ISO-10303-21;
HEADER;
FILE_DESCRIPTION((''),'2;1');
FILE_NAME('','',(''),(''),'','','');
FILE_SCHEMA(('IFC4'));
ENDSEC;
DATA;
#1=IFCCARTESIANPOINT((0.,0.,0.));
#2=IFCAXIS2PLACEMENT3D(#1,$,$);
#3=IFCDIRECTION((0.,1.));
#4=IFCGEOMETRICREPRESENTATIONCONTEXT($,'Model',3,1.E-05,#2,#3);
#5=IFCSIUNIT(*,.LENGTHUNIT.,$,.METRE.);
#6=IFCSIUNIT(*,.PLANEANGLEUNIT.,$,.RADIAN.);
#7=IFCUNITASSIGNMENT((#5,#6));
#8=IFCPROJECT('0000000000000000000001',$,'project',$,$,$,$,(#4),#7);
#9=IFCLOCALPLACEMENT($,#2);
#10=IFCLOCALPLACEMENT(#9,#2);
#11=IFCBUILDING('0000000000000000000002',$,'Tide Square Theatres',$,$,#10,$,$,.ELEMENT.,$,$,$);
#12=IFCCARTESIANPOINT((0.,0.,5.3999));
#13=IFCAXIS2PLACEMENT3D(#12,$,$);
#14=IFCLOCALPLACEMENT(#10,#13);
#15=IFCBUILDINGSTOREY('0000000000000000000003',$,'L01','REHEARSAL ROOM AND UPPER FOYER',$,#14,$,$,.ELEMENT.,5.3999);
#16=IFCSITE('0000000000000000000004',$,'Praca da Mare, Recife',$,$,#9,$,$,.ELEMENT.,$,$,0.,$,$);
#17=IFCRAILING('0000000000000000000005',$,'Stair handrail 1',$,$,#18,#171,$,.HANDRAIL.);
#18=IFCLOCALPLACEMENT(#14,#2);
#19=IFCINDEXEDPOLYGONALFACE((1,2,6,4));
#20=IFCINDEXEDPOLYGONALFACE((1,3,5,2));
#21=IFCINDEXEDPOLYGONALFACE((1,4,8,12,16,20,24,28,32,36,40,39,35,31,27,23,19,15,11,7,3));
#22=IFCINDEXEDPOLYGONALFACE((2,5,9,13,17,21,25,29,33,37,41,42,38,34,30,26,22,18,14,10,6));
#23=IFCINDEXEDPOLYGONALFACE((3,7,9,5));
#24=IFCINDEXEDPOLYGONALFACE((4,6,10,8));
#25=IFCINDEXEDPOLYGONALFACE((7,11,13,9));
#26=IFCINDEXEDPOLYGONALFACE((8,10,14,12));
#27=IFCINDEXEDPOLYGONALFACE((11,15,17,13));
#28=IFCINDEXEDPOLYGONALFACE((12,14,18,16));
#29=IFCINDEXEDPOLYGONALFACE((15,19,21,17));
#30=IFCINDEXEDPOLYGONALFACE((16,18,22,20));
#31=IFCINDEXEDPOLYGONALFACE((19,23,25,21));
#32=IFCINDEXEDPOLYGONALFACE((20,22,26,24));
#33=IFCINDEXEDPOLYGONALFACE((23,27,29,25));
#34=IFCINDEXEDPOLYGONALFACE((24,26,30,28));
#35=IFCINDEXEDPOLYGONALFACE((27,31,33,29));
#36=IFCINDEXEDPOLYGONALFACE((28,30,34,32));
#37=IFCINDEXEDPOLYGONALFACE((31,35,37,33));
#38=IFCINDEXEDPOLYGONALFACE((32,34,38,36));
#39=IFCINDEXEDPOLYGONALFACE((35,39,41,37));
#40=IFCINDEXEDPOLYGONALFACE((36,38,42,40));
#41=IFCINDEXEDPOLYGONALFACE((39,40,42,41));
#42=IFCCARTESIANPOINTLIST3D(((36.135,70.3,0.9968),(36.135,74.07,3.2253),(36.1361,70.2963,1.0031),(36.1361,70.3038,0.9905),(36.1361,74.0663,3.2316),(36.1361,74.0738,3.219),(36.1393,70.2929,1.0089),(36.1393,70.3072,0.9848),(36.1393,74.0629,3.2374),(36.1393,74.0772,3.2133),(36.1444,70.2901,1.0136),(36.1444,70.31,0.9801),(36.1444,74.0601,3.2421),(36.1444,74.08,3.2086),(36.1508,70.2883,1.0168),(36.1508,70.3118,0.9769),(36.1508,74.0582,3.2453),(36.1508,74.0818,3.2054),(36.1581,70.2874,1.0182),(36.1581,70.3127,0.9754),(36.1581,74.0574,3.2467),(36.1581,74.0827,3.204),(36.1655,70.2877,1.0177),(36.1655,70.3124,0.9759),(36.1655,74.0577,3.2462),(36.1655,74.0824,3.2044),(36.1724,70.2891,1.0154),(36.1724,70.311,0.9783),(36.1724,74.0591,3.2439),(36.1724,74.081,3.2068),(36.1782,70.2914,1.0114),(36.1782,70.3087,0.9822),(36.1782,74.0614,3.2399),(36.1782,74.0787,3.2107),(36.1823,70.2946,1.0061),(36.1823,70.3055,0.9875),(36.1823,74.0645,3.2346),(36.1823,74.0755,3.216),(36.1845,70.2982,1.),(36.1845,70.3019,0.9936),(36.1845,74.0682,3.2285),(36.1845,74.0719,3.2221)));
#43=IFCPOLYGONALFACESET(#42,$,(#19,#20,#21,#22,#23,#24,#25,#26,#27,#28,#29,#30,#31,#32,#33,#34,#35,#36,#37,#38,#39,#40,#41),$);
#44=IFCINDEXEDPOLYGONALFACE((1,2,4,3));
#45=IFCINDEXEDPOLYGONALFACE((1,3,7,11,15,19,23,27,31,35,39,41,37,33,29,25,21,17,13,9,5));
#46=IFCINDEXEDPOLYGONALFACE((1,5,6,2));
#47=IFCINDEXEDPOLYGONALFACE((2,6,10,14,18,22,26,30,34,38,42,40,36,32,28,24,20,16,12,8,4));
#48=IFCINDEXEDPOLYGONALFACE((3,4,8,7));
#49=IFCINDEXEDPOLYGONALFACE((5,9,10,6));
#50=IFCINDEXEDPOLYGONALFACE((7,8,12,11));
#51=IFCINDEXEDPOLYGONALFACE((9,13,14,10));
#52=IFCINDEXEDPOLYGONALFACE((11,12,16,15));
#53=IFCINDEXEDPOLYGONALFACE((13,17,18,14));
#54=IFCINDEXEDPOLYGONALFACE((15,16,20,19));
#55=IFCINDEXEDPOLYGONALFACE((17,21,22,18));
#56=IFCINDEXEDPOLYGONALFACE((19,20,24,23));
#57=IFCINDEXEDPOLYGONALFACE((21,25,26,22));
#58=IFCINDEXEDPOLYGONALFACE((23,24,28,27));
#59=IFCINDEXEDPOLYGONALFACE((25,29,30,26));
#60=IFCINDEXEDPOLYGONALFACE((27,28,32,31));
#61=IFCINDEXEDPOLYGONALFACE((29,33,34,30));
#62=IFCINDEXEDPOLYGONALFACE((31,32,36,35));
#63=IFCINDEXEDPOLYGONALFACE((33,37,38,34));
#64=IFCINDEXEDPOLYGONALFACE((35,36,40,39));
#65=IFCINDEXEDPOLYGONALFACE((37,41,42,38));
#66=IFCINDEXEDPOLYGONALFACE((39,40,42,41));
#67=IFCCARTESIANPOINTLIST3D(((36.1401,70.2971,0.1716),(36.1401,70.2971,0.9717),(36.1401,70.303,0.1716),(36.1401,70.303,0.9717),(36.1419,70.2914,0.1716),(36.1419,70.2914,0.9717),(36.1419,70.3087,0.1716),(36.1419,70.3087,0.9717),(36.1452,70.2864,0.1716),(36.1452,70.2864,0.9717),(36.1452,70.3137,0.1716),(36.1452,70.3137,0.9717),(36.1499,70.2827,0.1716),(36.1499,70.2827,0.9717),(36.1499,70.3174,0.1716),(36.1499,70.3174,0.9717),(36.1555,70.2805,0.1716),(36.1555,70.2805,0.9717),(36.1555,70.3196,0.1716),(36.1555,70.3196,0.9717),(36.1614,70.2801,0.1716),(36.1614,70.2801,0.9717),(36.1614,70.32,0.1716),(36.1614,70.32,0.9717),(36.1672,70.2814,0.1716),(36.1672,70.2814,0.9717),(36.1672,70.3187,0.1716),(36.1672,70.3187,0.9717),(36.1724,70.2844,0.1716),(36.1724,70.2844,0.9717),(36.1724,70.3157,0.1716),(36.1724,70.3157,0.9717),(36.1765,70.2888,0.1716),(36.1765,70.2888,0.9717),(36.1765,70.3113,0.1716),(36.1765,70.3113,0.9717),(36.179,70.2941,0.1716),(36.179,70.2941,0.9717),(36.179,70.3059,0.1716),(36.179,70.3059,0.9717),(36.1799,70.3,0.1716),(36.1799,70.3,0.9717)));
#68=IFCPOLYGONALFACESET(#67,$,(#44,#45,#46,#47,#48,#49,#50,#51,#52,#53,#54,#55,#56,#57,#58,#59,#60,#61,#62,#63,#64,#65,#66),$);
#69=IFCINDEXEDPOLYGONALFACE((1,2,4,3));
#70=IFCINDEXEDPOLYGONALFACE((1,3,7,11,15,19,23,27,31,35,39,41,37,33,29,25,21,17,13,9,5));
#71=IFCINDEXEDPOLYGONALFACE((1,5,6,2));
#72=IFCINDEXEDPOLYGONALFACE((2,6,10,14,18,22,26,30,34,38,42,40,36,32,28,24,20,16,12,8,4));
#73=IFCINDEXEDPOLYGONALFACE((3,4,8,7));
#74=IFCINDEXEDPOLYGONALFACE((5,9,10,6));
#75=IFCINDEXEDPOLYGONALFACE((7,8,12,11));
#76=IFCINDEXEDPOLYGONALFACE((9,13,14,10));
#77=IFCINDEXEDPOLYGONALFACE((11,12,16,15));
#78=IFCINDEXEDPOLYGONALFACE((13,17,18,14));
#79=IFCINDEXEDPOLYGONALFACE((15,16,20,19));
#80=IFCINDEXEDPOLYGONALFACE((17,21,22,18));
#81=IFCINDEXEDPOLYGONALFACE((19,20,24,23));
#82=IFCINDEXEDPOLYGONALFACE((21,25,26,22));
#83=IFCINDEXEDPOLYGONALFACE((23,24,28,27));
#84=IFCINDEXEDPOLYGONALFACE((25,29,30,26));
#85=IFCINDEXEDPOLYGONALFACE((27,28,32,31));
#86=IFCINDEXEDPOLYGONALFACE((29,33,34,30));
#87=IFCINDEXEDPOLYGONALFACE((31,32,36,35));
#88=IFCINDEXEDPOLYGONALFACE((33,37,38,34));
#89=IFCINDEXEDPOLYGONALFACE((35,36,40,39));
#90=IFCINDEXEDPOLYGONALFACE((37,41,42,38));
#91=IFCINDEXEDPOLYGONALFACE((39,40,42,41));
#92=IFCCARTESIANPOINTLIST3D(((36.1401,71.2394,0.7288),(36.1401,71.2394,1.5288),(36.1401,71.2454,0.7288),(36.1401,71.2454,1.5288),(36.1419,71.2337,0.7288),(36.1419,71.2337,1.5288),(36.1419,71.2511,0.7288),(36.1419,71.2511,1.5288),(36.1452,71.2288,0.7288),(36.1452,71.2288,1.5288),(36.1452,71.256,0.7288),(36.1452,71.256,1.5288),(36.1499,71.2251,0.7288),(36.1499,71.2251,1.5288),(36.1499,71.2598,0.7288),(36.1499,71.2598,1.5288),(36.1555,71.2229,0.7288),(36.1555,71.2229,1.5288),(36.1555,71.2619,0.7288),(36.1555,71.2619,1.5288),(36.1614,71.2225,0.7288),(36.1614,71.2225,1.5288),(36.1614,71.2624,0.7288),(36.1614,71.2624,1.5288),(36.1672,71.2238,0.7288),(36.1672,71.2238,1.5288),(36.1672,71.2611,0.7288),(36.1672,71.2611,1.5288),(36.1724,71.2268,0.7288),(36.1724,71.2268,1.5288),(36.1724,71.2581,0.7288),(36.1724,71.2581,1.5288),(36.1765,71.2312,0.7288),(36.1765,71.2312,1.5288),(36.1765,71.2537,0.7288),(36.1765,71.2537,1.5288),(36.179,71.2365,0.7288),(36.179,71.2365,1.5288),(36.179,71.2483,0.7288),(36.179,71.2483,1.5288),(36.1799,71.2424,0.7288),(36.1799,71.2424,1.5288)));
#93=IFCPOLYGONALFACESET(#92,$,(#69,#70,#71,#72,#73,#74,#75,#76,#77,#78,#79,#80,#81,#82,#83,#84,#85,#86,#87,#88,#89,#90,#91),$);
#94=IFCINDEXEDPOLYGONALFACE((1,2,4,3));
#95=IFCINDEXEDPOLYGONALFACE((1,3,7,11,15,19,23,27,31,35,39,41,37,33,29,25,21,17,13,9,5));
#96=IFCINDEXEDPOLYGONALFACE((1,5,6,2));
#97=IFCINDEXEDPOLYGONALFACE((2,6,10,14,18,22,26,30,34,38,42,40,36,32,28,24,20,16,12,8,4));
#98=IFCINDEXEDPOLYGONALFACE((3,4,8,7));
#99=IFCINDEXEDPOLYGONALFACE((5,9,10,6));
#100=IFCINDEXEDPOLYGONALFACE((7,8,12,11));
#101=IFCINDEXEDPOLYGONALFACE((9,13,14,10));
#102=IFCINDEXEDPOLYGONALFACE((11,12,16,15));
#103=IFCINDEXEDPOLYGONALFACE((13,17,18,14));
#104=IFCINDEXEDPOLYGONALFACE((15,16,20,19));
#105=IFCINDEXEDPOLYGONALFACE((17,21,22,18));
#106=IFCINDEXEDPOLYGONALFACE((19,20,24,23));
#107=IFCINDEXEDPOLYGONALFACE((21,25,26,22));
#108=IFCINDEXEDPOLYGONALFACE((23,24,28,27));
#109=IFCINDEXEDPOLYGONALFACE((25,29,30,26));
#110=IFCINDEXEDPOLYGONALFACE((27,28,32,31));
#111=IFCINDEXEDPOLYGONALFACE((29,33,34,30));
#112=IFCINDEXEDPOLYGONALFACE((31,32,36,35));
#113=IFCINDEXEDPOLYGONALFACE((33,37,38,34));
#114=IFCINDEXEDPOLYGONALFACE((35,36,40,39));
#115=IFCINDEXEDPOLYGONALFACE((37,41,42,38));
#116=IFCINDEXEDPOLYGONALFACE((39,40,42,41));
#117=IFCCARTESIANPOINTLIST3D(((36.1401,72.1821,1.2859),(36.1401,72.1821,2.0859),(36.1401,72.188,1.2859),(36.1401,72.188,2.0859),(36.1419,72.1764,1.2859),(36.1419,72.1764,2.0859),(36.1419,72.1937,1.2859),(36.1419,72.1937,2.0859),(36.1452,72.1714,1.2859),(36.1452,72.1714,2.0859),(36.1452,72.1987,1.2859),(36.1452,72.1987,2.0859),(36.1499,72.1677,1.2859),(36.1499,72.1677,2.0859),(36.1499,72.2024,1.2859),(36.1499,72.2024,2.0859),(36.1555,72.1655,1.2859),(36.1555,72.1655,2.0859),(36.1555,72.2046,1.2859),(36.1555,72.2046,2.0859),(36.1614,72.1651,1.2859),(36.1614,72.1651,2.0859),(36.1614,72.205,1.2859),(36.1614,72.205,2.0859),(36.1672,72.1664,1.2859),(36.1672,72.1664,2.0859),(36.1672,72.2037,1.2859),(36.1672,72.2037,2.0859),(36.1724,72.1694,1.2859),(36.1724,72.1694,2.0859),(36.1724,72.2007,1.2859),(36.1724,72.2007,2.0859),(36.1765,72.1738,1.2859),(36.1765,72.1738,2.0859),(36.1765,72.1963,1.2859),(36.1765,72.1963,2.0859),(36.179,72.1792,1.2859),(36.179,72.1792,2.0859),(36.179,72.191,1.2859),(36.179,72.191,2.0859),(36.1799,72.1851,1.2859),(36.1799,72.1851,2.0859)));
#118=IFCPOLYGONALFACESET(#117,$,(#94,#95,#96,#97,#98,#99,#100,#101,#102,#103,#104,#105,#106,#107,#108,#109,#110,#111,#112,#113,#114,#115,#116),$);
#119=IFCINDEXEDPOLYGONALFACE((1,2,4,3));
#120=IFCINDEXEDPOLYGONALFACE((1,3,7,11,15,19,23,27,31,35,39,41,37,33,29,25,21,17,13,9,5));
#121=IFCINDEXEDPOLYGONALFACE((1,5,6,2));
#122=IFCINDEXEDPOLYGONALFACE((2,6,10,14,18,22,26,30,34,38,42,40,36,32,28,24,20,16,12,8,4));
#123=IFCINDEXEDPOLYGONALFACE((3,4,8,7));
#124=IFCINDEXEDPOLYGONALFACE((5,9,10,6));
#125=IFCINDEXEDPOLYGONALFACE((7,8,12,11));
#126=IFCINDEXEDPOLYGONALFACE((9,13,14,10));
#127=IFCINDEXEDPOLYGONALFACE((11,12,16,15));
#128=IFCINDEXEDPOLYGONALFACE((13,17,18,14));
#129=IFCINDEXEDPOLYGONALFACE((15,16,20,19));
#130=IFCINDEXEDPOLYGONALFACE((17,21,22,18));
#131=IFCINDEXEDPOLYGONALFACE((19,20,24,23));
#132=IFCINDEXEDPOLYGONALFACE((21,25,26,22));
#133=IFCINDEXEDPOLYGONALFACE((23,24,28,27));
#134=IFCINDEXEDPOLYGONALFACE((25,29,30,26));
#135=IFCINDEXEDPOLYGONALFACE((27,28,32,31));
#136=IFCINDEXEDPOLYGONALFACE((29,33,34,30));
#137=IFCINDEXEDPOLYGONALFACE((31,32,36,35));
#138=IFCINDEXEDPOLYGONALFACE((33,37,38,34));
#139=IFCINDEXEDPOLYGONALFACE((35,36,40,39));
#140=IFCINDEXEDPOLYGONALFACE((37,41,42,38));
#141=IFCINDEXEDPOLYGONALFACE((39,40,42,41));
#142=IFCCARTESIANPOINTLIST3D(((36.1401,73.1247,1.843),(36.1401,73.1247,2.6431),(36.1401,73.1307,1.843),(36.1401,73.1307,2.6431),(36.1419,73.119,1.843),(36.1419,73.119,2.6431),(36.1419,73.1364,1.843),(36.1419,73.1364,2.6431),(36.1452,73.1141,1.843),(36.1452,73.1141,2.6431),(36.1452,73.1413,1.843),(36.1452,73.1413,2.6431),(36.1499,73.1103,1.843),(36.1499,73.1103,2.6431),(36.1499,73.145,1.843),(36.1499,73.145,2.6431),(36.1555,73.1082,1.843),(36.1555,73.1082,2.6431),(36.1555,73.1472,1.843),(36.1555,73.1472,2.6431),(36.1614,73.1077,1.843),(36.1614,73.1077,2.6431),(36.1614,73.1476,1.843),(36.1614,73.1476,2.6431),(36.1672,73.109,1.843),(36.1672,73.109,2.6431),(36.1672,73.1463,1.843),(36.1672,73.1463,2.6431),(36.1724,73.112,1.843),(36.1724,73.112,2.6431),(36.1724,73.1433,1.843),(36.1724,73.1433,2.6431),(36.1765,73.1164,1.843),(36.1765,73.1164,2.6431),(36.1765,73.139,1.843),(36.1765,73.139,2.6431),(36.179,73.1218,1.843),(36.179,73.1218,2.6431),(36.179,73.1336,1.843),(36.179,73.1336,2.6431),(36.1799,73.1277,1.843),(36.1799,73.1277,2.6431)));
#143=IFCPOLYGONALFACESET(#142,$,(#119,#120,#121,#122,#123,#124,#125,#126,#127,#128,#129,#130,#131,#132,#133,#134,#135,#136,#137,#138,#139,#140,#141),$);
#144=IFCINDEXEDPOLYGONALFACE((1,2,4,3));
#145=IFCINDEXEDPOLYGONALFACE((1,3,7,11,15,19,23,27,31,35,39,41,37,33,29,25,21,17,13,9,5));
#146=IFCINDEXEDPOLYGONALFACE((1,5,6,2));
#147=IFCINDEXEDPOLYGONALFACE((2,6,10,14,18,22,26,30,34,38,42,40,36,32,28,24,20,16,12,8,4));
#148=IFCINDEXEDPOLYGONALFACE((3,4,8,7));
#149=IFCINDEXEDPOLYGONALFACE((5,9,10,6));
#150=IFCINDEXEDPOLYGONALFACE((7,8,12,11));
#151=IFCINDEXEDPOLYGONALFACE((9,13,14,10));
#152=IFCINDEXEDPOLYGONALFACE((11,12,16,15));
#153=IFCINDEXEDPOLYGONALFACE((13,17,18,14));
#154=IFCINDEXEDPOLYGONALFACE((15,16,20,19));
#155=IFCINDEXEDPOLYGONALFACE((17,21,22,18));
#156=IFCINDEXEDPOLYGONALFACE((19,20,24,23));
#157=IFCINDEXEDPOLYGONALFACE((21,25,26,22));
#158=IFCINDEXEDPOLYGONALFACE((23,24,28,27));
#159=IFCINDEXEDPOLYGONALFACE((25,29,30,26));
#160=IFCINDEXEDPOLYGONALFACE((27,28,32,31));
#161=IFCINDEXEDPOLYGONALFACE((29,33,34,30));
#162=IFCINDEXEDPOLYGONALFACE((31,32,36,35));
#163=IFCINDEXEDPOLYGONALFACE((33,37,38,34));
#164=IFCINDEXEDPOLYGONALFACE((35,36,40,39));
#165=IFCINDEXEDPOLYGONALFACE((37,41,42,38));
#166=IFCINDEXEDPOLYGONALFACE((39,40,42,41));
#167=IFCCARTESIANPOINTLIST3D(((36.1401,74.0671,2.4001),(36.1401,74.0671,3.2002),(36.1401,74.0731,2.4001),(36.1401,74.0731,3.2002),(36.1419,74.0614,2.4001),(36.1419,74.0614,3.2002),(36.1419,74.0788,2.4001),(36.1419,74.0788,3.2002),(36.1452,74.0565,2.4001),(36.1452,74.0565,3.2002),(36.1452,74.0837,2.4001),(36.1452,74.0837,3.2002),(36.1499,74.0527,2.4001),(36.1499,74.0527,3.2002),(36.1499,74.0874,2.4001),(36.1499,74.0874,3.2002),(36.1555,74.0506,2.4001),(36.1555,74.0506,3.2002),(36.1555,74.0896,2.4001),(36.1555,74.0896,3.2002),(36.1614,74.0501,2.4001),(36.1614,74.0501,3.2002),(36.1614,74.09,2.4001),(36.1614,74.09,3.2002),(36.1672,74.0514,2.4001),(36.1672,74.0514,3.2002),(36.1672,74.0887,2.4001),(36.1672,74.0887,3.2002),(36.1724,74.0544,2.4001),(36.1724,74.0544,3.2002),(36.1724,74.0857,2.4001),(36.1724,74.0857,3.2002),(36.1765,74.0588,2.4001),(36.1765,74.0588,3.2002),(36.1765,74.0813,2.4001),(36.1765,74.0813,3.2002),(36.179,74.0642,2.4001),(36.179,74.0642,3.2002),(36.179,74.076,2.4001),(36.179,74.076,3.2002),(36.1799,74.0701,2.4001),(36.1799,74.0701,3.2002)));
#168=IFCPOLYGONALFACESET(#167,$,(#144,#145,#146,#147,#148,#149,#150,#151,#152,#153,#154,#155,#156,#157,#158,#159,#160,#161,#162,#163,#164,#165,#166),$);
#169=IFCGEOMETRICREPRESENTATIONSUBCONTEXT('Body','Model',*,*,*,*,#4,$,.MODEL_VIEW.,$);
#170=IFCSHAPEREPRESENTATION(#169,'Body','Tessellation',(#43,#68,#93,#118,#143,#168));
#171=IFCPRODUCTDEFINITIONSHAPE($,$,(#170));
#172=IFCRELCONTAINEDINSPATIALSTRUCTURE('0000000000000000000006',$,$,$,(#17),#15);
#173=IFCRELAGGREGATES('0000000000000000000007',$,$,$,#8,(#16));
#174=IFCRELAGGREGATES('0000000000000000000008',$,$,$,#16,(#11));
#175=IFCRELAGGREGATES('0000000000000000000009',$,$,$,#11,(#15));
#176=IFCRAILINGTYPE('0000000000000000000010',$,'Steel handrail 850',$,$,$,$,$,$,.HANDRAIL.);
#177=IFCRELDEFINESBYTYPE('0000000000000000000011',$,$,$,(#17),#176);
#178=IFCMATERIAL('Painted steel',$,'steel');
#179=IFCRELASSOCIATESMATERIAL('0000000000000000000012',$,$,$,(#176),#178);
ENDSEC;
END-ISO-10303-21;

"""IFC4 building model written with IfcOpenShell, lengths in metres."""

from ifc_helpers import new_model, si_unit, direction, frame, origin, origin_2d, place, context, subcontext, project, spatial, circle, extrude, material, type_object, element, save


model = new_model("IFC4")

# Units and contexts
model_context = context("Model", 3, precision=1e-05, world=origin(), true_north=direction((0.0, 1.0)))
body_context = subcontext(model_context, "Body", "Model", "MODEL_VIEW")
ifc_project = project(units=[si_unit("LENGTHUNIT", "METRE"), si_unit("PLANEANGLEUNIT", "RADIAN")], contexts=[model_context])

# Site, building, storey
site_placement = place(None, origin())
site = spatial("IfcSite", under=ifc_project, at=site_placement, Name="Praca da Mare, Recife", CompositionType="ELEMENT", RefElevation=0.0)
building_placement = place(site_placement, origin())
building = spatial("IfcBuilding", under=site, at=building_placement, Name="Tide Square Theatres", CompositionType="ELEMENT")
storey_placement = place(building_placement, frame((0.0, 0.0, 5.3999)))
storey = spatial("IfcBuildingStorey", under=building, at=storey_placement, Name="L01", Description="REHEARSAL ROOM AND UPPER FOYER", CompositionType="ELEMENT", Elevation=5.3999)

# Railing
ifc_material_1 = material(Name="Painted steel", Category="steel")
railing_type = type_object("IfcRailingType", Name="Steel handrail 850", PredefinedType="HANDRAIL", material=ifc_material_1)
for number, where, name in (
    (1, (36.1599, 70.3, 0.1716), "Stair handrail 1"),
):
    element("IfcRailing", number, at=place(storey_placement, frame(where)), inside=storey, type_object=railing_type, Name=name, PredefinedType="HANDRAIL", context=body_context, shape_type="SweptSolid", body=[
        extrude(circle(Radius=0.0249, at=origin_2d()), frame((0.0, 0.0, 0.8252), z_axis=(0.0, 0.860849, 0.508861), x_axis=(-1.0, 0.0, 0.0)), (0.0, 0.0, 1.0), 4.3794),
        extrude(circle(Radius=0.02, at=origin_2d()), origin(), (0.0, 0.0, 1.0), 0.8),
        extrude(circle(Radius=0.02, at=origin_2d()), frame((0.0, 0.9424, 0.5571)), (0.0, 0.0, 1.0), 0.8),
        extrude(circle(Radius=0.02, at=origin_2d()), frame((0.0, 1.885, 1.1143)), (0.0, 0.0, 1.0), 0.8),
        extrude(circle(Radius=0.02, at=origin_2d()), frame((0.0, 2.8276, 1.6714)), (0.0, 0.0, 1.0), 0.8),
        extrude(circle(Radius=0.02, at=origin_2d()), frame((0.0, 3.77, 2.2285)), (0.0, 0.0, 1.0), 0.8),
    ])

save(model, "model.ifc")
